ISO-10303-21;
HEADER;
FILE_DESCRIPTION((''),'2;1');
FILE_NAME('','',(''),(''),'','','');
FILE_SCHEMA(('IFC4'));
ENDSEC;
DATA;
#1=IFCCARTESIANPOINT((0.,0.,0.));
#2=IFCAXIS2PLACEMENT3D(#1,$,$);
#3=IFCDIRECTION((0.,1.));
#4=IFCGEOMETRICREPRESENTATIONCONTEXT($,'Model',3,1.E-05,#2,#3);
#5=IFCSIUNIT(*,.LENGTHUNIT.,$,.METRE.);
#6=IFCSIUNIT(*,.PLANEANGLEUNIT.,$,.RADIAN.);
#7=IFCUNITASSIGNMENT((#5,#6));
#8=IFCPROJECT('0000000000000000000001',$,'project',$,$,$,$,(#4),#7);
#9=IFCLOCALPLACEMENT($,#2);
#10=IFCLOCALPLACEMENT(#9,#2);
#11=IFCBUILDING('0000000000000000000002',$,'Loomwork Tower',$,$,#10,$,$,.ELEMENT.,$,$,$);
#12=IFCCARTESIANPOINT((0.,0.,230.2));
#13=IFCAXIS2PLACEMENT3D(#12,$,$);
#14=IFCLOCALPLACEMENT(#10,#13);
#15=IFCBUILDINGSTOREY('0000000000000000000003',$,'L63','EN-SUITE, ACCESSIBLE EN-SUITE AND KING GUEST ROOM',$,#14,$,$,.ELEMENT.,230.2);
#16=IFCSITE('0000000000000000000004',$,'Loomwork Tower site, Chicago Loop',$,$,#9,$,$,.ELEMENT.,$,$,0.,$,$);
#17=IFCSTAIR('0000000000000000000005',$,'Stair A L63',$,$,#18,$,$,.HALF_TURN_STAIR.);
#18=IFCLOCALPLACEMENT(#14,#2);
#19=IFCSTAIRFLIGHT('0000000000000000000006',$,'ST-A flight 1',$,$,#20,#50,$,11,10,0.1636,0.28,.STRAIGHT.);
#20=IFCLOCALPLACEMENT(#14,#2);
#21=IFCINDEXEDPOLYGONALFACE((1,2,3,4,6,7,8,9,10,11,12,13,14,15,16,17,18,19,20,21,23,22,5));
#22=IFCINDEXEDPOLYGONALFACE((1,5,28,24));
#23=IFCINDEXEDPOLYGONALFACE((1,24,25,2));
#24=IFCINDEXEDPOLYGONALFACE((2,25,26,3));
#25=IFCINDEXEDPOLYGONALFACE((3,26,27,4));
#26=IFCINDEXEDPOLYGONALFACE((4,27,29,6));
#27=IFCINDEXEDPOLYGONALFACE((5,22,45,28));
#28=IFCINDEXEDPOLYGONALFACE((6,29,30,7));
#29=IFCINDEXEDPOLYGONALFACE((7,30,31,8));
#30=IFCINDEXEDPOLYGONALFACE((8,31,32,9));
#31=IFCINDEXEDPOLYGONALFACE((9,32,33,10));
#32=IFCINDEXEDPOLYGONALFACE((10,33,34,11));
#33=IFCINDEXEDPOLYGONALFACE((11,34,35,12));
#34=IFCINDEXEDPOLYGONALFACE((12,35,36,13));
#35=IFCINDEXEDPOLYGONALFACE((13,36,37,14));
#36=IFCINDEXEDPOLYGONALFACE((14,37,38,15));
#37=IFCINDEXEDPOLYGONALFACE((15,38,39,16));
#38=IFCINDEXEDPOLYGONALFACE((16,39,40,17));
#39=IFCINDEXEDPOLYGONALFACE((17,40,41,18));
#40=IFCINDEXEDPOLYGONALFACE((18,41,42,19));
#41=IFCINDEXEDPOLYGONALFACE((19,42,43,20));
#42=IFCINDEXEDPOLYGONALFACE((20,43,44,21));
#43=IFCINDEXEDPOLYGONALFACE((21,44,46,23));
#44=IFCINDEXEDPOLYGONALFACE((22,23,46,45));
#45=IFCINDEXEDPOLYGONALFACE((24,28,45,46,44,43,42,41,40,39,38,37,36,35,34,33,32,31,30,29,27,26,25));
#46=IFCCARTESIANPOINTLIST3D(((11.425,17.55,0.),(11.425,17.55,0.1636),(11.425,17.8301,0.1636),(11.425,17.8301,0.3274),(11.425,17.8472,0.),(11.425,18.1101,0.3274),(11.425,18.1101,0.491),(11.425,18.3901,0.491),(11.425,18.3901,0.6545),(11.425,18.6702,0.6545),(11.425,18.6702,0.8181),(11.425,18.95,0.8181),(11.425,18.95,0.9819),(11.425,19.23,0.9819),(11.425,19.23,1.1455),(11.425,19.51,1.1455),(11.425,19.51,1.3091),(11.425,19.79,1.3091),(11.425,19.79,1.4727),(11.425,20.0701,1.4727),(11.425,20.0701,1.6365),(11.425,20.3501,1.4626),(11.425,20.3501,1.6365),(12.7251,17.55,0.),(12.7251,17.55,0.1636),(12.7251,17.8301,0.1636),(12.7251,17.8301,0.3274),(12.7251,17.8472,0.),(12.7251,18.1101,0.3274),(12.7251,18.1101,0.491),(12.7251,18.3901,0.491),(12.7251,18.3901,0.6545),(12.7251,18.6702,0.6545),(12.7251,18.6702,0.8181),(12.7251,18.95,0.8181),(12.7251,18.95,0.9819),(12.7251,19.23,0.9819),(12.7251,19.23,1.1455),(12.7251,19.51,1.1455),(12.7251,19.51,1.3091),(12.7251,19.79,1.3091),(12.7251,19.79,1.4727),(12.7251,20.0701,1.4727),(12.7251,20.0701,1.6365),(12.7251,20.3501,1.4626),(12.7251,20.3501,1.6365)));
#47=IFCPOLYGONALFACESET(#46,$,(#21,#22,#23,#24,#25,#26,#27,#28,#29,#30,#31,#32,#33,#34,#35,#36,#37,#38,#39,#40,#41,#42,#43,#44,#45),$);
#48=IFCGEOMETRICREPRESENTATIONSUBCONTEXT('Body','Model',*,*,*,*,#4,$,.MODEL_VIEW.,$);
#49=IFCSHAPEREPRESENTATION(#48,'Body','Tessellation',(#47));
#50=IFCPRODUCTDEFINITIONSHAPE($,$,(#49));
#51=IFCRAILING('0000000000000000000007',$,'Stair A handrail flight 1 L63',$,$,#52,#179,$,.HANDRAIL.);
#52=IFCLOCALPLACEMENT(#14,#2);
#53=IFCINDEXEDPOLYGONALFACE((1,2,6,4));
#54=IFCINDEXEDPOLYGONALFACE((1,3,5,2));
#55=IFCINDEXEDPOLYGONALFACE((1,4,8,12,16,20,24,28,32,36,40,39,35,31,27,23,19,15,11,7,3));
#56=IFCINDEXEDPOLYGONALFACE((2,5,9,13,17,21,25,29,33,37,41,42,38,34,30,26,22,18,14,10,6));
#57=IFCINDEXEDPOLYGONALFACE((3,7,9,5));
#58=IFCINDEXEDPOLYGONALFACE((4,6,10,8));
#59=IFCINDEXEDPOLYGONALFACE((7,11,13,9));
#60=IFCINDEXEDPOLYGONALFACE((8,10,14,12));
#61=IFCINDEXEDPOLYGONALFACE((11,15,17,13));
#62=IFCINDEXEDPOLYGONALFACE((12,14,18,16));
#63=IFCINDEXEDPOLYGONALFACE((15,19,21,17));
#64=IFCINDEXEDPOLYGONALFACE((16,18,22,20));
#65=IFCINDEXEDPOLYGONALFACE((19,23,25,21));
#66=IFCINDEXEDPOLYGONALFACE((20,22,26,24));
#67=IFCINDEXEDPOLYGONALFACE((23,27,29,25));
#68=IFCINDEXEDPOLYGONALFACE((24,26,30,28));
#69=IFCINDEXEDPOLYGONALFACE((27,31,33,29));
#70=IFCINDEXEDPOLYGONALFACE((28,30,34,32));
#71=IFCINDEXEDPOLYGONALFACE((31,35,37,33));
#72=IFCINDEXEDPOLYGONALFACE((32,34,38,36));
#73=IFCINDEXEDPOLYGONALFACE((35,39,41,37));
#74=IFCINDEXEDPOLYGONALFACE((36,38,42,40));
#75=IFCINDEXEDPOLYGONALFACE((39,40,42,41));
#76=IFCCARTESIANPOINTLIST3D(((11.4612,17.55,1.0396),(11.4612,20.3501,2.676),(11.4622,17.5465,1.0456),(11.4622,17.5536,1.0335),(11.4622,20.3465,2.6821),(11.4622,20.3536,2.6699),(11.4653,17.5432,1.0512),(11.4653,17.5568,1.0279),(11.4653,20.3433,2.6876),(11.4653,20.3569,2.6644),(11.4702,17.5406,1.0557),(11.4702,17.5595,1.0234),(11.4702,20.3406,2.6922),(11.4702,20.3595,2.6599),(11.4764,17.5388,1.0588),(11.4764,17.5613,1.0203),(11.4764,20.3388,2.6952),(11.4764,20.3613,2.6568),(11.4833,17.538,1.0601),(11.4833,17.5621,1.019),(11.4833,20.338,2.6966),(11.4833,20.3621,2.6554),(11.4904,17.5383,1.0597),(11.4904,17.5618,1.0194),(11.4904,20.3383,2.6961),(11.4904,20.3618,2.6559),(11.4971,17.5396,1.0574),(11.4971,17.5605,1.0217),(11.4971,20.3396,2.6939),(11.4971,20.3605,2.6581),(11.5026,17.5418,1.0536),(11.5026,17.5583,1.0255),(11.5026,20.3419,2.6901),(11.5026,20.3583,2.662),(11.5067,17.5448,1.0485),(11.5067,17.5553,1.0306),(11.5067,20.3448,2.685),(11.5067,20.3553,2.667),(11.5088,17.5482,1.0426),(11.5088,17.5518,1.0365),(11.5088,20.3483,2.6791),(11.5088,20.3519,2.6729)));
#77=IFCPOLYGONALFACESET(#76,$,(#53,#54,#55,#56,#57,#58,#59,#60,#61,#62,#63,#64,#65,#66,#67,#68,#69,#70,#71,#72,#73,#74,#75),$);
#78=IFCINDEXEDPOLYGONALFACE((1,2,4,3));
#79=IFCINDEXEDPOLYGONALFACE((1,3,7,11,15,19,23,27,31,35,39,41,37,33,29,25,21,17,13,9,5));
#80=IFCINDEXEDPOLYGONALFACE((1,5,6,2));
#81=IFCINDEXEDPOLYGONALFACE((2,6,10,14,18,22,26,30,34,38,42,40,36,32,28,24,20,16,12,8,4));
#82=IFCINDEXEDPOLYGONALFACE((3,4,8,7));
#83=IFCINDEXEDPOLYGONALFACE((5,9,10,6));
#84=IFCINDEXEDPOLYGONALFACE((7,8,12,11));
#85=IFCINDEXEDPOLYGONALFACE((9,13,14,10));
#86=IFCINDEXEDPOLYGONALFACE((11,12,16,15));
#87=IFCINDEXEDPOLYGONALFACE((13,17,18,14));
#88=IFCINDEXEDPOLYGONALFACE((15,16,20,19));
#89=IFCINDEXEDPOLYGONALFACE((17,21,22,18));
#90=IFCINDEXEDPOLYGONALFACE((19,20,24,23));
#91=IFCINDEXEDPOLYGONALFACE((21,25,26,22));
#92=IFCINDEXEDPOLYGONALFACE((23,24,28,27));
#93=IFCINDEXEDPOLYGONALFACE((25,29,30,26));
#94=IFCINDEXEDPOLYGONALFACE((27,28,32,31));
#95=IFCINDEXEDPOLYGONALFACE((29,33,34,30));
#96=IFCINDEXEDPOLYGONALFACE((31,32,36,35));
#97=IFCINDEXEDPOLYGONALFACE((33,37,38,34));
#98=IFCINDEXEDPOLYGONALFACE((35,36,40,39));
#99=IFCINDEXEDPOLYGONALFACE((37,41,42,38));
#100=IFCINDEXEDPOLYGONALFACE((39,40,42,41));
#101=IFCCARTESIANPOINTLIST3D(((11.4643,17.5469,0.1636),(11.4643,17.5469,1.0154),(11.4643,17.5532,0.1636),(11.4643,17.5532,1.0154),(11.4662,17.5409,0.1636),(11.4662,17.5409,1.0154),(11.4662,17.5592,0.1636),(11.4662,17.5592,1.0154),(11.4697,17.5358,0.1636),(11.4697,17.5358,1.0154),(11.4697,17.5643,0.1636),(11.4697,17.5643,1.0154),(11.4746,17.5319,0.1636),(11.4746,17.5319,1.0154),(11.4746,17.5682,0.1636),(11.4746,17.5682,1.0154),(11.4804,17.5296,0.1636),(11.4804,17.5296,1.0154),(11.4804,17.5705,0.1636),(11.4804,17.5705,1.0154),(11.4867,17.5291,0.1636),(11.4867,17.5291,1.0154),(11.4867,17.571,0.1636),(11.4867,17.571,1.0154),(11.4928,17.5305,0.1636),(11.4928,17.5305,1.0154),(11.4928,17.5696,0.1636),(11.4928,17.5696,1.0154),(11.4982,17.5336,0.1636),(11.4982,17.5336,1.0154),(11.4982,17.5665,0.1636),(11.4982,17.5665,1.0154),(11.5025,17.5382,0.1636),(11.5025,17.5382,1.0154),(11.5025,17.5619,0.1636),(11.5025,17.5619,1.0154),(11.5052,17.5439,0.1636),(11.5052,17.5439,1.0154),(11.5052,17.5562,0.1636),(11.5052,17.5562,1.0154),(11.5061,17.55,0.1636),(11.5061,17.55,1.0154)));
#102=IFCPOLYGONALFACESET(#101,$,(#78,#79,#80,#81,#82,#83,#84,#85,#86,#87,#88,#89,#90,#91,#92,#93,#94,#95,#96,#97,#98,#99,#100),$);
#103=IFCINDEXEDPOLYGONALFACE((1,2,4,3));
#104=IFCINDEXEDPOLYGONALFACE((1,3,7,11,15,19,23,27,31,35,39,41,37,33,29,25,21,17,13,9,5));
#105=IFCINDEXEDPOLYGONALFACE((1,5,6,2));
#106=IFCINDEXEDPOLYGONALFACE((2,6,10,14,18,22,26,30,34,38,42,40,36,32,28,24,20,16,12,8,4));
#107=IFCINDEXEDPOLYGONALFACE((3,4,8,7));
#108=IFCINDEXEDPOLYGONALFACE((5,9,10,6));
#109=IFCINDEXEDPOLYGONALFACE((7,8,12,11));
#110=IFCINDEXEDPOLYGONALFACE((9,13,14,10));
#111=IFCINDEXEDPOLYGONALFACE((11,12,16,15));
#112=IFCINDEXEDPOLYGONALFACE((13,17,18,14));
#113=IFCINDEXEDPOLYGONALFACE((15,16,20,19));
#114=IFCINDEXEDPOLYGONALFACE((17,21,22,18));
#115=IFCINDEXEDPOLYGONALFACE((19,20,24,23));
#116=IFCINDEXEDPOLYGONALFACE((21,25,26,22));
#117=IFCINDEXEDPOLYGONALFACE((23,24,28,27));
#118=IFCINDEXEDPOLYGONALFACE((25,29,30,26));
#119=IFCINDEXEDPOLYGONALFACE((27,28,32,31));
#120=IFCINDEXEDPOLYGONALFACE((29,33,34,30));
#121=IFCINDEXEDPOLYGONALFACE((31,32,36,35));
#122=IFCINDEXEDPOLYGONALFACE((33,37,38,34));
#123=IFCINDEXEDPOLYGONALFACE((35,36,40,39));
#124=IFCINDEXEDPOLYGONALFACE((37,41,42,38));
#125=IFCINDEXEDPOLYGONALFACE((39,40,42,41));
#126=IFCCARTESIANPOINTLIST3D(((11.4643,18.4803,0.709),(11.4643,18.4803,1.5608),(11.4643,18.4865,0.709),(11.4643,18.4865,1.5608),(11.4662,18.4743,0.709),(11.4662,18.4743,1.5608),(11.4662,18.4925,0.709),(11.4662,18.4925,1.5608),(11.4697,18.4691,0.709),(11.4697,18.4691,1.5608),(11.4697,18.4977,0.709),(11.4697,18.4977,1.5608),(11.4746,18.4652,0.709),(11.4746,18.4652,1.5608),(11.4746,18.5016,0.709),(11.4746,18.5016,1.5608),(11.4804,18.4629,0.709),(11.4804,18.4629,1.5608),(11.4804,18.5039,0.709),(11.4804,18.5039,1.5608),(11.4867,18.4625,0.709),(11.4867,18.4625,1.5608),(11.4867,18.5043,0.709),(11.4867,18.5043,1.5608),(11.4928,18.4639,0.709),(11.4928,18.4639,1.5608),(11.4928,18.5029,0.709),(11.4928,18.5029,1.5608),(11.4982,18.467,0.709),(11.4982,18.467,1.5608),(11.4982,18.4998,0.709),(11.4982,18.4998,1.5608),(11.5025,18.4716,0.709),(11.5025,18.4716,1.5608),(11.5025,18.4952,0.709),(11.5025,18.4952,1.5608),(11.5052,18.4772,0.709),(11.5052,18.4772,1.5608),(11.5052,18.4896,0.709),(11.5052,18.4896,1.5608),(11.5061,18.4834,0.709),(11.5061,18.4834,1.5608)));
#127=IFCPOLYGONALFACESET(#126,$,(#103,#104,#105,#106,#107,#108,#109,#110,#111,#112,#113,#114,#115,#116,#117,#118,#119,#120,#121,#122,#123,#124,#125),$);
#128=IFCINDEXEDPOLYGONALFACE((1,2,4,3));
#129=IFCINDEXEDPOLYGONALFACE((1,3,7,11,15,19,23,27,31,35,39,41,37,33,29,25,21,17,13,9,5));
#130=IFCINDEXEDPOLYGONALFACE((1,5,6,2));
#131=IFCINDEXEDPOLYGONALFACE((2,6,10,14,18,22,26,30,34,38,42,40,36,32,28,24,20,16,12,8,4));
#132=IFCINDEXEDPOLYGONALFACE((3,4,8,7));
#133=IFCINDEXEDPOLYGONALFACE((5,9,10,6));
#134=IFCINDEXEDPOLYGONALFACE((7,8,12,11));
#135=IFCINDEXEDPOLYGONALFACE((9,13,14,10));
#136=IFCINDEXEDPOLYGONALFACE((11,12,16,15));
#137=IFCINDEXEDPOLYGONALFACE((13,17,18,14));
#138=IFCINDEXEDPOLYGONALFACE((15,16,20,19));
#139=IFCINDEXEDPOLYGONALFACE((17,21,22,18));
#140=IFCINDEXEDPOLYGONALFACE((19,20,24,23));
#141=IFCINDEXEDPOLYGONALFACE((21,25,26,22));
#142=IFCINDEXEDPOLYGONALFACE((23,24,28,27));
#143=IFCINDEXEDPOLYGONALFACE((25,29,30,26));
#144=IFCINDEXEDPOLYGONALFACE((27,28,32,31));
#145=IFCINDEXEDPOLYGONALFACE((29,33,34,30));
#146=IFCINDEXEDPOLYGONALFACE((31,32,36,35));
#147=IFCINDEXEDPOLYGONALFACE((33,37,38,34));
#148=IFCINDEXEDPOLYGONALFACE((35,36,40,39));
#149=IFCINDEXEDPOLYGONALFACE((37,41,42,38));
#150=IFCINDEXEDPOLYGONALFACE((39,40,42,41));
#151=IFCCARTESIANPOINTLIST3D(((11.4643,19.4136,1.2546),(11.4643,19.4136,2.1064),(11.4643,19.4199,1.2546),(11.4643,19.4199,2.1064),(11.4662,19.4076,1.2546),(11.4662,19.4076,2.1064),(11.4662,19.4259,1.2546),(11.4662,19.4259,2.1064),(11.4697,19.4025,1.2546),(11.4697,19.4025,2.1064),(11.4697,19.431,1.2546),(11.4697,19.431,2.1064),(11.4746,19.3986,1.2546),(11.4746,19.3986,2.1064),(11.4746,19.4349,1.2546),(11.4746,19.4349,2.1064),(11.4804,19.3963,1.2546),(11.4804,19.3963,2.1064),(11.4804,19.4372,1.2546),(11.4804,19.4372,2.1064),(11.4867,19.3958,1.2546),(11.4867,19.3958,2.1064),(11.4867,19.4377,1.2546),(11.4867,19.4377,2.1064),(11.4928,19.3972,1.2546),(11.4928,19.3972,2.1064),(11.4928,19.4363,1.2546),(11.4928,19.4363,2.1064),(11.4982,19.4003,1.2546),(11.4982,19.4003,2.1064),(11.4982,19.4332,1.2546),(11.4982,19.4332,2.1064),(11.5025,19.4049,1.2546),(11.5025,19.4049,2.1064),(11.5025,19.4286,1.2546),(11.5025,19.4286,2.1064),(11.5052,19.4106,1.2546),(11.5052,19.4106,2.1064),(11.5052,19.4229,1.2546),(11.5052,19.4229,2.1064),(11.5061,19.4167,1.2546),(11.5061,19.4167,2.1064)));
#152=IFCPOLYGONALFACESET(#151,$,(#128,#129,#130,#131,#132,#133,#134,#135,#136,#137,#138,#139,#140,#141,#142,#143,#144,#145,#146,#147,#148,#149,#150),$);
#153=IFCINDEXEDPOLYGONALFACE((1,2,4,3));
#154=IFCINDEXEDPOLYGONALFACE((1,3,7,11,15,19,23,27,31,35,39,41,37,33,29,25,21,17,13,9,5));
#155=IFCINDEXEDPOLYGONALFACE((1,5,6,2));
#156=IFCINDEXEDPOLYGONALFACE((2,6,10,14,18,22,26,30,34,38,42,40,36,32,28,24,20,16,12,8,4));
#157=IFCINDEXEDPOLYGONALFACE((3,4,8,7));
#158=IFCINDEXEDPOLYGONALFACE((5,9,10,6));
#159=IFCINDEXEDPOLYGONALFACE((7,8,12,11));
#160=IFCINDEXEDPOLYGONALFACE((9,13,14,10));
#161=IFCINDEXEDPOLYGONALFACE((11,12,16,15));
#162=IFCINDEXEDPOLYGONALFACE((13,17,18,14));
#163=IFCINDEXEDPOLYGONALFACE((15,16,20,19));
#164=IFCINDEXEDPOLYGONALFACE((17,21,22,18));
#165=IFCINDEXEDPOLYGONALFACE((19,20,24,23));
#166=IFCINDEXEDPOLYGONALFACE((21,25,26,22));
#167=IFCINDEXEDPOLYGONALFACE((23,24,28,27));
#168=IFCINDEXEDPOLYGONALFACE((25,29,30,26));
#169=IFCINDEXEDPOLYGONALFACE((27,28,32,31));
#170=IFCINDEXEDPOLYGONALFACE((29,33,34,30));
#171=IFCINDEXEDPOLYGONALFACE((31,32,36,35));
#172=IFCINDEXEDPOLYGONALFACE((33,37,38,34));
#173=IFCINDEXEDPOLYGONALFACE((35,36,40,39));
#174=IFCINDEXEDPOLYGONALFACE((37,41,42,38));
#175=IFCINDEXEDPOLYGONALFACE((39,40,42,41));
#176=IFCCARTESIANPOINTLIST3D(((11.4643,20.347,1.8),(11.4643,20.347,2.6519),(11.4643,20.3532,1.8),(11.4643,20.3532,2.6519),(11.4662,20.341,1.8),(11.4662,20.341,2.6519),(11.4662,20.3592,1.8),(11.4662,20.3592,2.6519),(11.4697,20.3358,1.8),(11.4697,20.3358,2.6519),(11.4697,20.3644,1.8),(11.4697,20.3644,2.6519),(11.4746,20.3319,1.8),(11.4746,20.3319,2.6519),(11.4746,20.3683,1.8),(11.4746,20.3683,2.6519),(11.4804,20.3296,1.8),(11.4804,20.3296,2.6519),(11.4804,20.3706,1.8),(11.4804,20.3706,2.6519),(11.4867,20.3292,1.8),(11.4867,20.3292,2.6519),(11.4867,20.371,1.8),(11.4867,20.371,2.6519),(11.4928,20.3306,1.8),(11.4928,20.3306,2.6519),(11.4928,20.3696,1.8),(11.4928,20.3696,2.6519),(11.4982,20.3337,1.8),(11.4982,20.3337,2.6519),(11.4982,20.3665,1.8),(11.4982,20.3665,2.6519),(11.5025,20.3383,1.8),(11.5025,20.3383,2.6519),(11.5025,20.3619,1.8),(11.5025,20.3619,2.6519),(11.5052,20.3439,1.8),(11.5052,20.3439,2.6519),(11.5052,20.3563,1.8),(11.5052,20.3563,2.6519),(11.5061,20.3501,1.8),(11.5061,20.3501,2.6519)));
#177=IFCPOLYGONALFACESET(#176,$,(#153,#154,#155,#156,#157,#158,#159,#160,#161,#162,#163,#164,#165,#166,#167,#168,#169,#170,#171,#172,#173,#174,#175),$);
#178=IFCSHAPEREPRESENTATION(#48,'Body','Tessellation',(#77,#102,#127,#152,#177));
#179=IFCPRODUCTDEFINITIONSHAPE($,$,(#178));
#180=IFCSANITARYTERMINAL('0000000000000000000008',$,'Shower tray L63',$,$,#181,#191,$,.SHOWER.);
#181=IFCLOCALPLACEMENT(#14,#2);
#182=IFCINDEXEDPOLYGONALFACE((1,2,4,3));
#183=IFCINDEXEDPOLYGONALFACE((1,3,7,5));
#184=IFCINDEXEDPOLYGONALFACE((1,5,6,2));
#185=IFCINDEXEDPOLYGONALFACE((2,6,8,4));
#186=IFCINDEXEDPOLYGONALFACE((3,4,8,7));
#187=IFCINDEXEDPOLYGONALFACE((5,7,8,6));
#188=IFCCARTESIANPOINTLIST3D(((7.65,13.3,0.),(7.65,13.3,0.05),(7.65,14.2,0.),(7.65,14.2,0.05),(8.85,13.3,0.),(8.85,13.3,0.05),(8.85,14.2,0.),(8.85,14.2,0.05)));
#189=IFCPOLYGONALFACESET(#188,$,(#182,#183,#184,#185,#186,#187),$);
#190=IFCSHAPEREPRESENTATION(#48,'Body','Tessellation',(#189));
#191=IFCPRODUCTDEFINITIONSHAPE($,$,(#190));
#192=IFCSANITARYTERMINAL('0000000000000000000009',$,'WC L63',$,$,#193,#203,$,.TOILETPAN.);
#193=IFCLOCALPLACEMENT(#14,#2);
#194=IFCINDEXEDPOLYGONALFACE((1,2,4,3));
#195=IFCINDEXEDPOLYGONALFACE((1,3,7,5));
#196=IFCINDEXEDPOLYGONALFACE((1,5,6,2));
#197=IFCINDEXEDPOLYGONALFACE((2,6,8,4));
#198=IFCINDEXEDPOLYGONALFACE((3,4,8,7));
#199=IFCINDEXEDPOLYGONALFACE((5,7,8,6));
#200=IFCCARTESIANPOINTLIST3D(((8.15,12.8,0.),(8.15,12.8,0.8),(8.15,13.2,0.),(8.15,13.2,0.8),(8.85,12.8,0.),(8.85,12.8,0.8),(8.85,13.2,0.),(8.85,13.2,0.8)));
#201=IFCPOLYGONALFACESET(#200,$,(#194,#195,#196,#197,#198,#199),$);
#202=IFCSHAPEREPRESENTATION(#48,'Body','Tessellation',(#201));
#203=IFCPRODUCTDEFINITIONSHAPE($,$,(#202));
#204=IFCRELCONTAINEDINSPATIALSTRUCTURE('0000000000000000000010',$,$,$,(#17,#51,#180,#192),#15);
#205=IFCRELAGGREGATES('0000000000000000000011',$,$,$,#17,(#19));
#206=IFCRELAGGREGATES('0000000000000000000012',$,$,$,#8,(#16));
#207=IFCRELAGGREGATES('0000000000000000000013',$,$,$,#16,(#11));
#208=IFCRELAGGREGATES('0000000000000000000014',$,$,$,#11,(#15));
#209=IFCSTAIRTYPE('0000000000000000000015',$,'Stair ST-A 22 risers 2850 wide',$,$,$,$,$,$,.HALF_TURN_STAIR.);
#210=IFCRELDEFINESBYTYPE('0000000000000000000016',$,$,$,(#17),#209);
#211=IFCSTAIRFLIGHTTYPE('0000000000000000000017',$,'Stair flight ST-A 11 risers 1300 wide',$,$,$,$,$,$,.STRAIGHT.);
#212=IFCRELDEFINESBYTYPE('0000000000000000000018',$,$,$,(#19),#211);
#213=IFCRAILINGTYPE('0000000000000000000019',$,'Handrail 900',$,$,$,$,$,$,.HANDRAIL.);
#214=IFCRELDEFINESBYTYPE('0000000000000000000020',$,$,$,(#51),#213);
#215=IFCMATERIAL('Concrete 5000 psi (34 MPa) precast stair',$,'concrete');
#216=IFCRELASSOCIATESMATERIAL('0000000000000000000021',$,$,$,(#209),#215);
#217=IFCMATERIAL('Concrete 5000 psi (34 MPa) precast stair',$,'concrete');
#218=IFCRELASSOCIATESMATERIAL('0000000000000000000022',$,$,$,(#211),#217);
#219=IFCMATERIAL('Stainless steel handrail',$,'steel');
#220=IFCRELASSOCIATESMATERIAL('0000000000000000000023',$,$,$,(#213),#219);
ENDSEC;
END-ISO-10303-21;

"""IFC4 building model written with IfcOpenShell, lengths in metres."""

from ifc_helpers import new_model, si_unit, direction, frame, origin, origin_2d, place, context, subcontext, project, spatial, polyline, rectangle, circle, outline, extrude, material, type_object, element, aggregate, save


model = new_model("IFC4")

# Units and contexts
model_context = context("Model", 3, precision=1e-05, world=origin(), true_north=direction((0.0, 1.0)))
body_context = subcontext(model_context, "Body", "Model", "MODEL_VIEW")
ifc_project = project(units=[si_unit("LENGTHUNIT", "METRE"), si_unit("PLANEANGLEUNIT", "RADIAN")], contexts=[model_context])

# Site, building, storey
site_placement = place(None, origin())
site = spatial("IfcSite", under=ifc_project, at=site_placement, Name="Loomwork Tower site, Chicago Loop", CompositionType="ELEMENT", RefElevation=0.0)
building_placement = place(site_placement, origin())
building = spatial("IfcBuilding", under=site, at=building_placement, Name="Loomwork Tower", CompositionType="ELEMENT")
storey_placement = place(building_placement, frame((0.0, 0.0, 230.2)))
storey = spatial("IfcBuildingStorey", under=building, at=storey_placement, Name="L63", Description="EN-SUITE, ACCESSIBLE EN-SUITE AND KING GUEST ROOM", CompositionType="ELEMENT", Elevation=230.2)

# Stair, stair flight
ifc_material_1 = material(Name="Concrete 5000 psi (34 MPa) precast stair", Category="concrete")
stair_type = type_object("IfcStairType", Name="Stair ST-A 22 risers 2850 wide", PredefinedType="HALF_TURN_STAIR", material=ifc_material_1)
stair_placement = place(storey_placement, origin())
stair = element("IfcStair", 1, at=stair_placement, inside=storey, type_object=stair_type, Name="Stair A L63", PredefinedType="HALF_TURN_STAIR")
ifc_material_2 = material(Name="Concrete 5000 psi (34 MPa) precast stair", Category="concrete")
stair_flight_type = type_object("IfcStairFlightType", Name="Stair flight ST-A 11 risers 1300 wide", PredefinedType="STRAIGHT", material=ifc_material_2)
stair_flight_placement = place(storey_placement, frame((12.075, 17.55, 0.0), z_axis=(0.0, 0.0, 1.0), x_axis=(0.0, 1.0, 0.0)))
stair_flight = element("IfcStairFlight", 2, at=stair_flight_placement, type_object=stair_flight_type, Name="ST-A flight 1", NumberOfRisers=11, NumberOfTreads=10, PredefinedType="STRAIGHT", RiserHeight=0.1636, TreadLength=0.28, context=body_context, shape_type="SweptSolid", body=[
    extrude(outline(polyline([(0.0, 0.0), (0.0, 0.1636), (0.28, 0.1636), (0.28, 0.3274), (0.5601, 0.3274), (0.5601, 0.491), (0.8401, 0.491), (0.8401, 0.6545), (1.1201, 0.6545), (1.1201, 0.8181), (1.3999, 0.8181), (1.3999, 0.9819), (1.6799, 0.9819), (1.6799, 1.1455), (1.96, 1.1455), (1.96, 1.3091), (2.24, 1.3091), (2.24, 1.4727), (2.52, 1.4727), (2.52, 1.6365), (2.8, 1.6365), (2.8, 1.8), (2.8, 1.4626), (0.2971, 0.0), (0.0, 0.0)])), frame((0.0, 0.6499, 0.0), z_axis=(0.0, -1.0, 0.0), x_axis=(1.0, 0.0, 0.0)), (0.0, 0.0, 1.0), 1.3),
])
aggregate(stair, [stair_flight])

# Railing
ifc_material_3 = material(Name="Stainless steel handrail", Category="steel")
railing_type = type_object("IfcRailingType", Name="Handrail 900", PredefinedType="HANDRAIL", material=ifc_material_3)
railing_placement = place(storey_placement, frame((11.4851, 17.55, 0.1636)))
element("IfcRailing", 3, at=railing_placement, inside=storey, type_object=railing_type, Name="Stair A handrail flight 1 L63", PredefinedType="HANDRAIL", context=body_context, shape_type="SweptSolid", body=[
    extrude(circle(Radius=0.0239, at=origin_2d()), frame((0.0, 0.0, 0.876), z_axis=(0.0, 0.863361, 0.504587), x_axis=(-1.0, 0.0, 0.0)), (0.0, 0.0, 1.0), 3.2432),
    extrude(circle(Radius=0.021, at=origin_2d()), origin(), (0.0, 0.0, 1.0), 0.8518),
    extrude(circle(Radius=0.021, at=origin_2d()), frame((0.0, 0.9333, 0.5454)), (0.0, 0.0, 1.0), 0.8518),
    extrude(circle(Radius=0.021, at=origin_2d()), frame((0.0, 1.8667, 1.0911)), (0.0, 0.0, 1.0), 0.8518),
    extrude(circle(Radius=0.021, at=origin_2d()), frame((0.0, 2.8, 1.6365)), (0.0, 0.0, 1.0), 0.8518),
])

# Sanitary terminals
sanitary_terminal_1_placement = place(storey_placement, frame((8.25, 13.75, 0.0), z_axis=(0.0, 0.0, 1.0), x_axis=(1.0, 0.0, 0.0)))
element("IfcSanitaryTerminal", 4, at=sanitary_terminal_1_placement, inside=storey, Name="Shower tray L63", PredefinedType="SHOWER", context=body_context, shape_type="SweptSolid", body=[
    extrude(rectangle(XDim=1.2, YDim=0.8999, at=origin_2d()), origin(), (0.0, 0.0, 1.0), 0.05),
])
sanitary_terminal_2_placement = place(storey_placement, frame((8.5, 13.0, 0.0), z_axis=(0.0, 0.0, 1.0), x_axis=(1.0, 0.0, 0.0)))
element("IfcSanitaryTerminal", 5, at=sanitary_terminal_2_placement, inside=storey, Name="WC L63", PredefinedType="TOILETPAN", context=body_context, shape_type="SweptSolid", body=[
    extrude(rectangle(XDim=0.7, YDim=0.3999, at=origin_2d()), origin(), (0.0, 0.0, 1.0), 0.8),
])

save(model, "model.ifc")
